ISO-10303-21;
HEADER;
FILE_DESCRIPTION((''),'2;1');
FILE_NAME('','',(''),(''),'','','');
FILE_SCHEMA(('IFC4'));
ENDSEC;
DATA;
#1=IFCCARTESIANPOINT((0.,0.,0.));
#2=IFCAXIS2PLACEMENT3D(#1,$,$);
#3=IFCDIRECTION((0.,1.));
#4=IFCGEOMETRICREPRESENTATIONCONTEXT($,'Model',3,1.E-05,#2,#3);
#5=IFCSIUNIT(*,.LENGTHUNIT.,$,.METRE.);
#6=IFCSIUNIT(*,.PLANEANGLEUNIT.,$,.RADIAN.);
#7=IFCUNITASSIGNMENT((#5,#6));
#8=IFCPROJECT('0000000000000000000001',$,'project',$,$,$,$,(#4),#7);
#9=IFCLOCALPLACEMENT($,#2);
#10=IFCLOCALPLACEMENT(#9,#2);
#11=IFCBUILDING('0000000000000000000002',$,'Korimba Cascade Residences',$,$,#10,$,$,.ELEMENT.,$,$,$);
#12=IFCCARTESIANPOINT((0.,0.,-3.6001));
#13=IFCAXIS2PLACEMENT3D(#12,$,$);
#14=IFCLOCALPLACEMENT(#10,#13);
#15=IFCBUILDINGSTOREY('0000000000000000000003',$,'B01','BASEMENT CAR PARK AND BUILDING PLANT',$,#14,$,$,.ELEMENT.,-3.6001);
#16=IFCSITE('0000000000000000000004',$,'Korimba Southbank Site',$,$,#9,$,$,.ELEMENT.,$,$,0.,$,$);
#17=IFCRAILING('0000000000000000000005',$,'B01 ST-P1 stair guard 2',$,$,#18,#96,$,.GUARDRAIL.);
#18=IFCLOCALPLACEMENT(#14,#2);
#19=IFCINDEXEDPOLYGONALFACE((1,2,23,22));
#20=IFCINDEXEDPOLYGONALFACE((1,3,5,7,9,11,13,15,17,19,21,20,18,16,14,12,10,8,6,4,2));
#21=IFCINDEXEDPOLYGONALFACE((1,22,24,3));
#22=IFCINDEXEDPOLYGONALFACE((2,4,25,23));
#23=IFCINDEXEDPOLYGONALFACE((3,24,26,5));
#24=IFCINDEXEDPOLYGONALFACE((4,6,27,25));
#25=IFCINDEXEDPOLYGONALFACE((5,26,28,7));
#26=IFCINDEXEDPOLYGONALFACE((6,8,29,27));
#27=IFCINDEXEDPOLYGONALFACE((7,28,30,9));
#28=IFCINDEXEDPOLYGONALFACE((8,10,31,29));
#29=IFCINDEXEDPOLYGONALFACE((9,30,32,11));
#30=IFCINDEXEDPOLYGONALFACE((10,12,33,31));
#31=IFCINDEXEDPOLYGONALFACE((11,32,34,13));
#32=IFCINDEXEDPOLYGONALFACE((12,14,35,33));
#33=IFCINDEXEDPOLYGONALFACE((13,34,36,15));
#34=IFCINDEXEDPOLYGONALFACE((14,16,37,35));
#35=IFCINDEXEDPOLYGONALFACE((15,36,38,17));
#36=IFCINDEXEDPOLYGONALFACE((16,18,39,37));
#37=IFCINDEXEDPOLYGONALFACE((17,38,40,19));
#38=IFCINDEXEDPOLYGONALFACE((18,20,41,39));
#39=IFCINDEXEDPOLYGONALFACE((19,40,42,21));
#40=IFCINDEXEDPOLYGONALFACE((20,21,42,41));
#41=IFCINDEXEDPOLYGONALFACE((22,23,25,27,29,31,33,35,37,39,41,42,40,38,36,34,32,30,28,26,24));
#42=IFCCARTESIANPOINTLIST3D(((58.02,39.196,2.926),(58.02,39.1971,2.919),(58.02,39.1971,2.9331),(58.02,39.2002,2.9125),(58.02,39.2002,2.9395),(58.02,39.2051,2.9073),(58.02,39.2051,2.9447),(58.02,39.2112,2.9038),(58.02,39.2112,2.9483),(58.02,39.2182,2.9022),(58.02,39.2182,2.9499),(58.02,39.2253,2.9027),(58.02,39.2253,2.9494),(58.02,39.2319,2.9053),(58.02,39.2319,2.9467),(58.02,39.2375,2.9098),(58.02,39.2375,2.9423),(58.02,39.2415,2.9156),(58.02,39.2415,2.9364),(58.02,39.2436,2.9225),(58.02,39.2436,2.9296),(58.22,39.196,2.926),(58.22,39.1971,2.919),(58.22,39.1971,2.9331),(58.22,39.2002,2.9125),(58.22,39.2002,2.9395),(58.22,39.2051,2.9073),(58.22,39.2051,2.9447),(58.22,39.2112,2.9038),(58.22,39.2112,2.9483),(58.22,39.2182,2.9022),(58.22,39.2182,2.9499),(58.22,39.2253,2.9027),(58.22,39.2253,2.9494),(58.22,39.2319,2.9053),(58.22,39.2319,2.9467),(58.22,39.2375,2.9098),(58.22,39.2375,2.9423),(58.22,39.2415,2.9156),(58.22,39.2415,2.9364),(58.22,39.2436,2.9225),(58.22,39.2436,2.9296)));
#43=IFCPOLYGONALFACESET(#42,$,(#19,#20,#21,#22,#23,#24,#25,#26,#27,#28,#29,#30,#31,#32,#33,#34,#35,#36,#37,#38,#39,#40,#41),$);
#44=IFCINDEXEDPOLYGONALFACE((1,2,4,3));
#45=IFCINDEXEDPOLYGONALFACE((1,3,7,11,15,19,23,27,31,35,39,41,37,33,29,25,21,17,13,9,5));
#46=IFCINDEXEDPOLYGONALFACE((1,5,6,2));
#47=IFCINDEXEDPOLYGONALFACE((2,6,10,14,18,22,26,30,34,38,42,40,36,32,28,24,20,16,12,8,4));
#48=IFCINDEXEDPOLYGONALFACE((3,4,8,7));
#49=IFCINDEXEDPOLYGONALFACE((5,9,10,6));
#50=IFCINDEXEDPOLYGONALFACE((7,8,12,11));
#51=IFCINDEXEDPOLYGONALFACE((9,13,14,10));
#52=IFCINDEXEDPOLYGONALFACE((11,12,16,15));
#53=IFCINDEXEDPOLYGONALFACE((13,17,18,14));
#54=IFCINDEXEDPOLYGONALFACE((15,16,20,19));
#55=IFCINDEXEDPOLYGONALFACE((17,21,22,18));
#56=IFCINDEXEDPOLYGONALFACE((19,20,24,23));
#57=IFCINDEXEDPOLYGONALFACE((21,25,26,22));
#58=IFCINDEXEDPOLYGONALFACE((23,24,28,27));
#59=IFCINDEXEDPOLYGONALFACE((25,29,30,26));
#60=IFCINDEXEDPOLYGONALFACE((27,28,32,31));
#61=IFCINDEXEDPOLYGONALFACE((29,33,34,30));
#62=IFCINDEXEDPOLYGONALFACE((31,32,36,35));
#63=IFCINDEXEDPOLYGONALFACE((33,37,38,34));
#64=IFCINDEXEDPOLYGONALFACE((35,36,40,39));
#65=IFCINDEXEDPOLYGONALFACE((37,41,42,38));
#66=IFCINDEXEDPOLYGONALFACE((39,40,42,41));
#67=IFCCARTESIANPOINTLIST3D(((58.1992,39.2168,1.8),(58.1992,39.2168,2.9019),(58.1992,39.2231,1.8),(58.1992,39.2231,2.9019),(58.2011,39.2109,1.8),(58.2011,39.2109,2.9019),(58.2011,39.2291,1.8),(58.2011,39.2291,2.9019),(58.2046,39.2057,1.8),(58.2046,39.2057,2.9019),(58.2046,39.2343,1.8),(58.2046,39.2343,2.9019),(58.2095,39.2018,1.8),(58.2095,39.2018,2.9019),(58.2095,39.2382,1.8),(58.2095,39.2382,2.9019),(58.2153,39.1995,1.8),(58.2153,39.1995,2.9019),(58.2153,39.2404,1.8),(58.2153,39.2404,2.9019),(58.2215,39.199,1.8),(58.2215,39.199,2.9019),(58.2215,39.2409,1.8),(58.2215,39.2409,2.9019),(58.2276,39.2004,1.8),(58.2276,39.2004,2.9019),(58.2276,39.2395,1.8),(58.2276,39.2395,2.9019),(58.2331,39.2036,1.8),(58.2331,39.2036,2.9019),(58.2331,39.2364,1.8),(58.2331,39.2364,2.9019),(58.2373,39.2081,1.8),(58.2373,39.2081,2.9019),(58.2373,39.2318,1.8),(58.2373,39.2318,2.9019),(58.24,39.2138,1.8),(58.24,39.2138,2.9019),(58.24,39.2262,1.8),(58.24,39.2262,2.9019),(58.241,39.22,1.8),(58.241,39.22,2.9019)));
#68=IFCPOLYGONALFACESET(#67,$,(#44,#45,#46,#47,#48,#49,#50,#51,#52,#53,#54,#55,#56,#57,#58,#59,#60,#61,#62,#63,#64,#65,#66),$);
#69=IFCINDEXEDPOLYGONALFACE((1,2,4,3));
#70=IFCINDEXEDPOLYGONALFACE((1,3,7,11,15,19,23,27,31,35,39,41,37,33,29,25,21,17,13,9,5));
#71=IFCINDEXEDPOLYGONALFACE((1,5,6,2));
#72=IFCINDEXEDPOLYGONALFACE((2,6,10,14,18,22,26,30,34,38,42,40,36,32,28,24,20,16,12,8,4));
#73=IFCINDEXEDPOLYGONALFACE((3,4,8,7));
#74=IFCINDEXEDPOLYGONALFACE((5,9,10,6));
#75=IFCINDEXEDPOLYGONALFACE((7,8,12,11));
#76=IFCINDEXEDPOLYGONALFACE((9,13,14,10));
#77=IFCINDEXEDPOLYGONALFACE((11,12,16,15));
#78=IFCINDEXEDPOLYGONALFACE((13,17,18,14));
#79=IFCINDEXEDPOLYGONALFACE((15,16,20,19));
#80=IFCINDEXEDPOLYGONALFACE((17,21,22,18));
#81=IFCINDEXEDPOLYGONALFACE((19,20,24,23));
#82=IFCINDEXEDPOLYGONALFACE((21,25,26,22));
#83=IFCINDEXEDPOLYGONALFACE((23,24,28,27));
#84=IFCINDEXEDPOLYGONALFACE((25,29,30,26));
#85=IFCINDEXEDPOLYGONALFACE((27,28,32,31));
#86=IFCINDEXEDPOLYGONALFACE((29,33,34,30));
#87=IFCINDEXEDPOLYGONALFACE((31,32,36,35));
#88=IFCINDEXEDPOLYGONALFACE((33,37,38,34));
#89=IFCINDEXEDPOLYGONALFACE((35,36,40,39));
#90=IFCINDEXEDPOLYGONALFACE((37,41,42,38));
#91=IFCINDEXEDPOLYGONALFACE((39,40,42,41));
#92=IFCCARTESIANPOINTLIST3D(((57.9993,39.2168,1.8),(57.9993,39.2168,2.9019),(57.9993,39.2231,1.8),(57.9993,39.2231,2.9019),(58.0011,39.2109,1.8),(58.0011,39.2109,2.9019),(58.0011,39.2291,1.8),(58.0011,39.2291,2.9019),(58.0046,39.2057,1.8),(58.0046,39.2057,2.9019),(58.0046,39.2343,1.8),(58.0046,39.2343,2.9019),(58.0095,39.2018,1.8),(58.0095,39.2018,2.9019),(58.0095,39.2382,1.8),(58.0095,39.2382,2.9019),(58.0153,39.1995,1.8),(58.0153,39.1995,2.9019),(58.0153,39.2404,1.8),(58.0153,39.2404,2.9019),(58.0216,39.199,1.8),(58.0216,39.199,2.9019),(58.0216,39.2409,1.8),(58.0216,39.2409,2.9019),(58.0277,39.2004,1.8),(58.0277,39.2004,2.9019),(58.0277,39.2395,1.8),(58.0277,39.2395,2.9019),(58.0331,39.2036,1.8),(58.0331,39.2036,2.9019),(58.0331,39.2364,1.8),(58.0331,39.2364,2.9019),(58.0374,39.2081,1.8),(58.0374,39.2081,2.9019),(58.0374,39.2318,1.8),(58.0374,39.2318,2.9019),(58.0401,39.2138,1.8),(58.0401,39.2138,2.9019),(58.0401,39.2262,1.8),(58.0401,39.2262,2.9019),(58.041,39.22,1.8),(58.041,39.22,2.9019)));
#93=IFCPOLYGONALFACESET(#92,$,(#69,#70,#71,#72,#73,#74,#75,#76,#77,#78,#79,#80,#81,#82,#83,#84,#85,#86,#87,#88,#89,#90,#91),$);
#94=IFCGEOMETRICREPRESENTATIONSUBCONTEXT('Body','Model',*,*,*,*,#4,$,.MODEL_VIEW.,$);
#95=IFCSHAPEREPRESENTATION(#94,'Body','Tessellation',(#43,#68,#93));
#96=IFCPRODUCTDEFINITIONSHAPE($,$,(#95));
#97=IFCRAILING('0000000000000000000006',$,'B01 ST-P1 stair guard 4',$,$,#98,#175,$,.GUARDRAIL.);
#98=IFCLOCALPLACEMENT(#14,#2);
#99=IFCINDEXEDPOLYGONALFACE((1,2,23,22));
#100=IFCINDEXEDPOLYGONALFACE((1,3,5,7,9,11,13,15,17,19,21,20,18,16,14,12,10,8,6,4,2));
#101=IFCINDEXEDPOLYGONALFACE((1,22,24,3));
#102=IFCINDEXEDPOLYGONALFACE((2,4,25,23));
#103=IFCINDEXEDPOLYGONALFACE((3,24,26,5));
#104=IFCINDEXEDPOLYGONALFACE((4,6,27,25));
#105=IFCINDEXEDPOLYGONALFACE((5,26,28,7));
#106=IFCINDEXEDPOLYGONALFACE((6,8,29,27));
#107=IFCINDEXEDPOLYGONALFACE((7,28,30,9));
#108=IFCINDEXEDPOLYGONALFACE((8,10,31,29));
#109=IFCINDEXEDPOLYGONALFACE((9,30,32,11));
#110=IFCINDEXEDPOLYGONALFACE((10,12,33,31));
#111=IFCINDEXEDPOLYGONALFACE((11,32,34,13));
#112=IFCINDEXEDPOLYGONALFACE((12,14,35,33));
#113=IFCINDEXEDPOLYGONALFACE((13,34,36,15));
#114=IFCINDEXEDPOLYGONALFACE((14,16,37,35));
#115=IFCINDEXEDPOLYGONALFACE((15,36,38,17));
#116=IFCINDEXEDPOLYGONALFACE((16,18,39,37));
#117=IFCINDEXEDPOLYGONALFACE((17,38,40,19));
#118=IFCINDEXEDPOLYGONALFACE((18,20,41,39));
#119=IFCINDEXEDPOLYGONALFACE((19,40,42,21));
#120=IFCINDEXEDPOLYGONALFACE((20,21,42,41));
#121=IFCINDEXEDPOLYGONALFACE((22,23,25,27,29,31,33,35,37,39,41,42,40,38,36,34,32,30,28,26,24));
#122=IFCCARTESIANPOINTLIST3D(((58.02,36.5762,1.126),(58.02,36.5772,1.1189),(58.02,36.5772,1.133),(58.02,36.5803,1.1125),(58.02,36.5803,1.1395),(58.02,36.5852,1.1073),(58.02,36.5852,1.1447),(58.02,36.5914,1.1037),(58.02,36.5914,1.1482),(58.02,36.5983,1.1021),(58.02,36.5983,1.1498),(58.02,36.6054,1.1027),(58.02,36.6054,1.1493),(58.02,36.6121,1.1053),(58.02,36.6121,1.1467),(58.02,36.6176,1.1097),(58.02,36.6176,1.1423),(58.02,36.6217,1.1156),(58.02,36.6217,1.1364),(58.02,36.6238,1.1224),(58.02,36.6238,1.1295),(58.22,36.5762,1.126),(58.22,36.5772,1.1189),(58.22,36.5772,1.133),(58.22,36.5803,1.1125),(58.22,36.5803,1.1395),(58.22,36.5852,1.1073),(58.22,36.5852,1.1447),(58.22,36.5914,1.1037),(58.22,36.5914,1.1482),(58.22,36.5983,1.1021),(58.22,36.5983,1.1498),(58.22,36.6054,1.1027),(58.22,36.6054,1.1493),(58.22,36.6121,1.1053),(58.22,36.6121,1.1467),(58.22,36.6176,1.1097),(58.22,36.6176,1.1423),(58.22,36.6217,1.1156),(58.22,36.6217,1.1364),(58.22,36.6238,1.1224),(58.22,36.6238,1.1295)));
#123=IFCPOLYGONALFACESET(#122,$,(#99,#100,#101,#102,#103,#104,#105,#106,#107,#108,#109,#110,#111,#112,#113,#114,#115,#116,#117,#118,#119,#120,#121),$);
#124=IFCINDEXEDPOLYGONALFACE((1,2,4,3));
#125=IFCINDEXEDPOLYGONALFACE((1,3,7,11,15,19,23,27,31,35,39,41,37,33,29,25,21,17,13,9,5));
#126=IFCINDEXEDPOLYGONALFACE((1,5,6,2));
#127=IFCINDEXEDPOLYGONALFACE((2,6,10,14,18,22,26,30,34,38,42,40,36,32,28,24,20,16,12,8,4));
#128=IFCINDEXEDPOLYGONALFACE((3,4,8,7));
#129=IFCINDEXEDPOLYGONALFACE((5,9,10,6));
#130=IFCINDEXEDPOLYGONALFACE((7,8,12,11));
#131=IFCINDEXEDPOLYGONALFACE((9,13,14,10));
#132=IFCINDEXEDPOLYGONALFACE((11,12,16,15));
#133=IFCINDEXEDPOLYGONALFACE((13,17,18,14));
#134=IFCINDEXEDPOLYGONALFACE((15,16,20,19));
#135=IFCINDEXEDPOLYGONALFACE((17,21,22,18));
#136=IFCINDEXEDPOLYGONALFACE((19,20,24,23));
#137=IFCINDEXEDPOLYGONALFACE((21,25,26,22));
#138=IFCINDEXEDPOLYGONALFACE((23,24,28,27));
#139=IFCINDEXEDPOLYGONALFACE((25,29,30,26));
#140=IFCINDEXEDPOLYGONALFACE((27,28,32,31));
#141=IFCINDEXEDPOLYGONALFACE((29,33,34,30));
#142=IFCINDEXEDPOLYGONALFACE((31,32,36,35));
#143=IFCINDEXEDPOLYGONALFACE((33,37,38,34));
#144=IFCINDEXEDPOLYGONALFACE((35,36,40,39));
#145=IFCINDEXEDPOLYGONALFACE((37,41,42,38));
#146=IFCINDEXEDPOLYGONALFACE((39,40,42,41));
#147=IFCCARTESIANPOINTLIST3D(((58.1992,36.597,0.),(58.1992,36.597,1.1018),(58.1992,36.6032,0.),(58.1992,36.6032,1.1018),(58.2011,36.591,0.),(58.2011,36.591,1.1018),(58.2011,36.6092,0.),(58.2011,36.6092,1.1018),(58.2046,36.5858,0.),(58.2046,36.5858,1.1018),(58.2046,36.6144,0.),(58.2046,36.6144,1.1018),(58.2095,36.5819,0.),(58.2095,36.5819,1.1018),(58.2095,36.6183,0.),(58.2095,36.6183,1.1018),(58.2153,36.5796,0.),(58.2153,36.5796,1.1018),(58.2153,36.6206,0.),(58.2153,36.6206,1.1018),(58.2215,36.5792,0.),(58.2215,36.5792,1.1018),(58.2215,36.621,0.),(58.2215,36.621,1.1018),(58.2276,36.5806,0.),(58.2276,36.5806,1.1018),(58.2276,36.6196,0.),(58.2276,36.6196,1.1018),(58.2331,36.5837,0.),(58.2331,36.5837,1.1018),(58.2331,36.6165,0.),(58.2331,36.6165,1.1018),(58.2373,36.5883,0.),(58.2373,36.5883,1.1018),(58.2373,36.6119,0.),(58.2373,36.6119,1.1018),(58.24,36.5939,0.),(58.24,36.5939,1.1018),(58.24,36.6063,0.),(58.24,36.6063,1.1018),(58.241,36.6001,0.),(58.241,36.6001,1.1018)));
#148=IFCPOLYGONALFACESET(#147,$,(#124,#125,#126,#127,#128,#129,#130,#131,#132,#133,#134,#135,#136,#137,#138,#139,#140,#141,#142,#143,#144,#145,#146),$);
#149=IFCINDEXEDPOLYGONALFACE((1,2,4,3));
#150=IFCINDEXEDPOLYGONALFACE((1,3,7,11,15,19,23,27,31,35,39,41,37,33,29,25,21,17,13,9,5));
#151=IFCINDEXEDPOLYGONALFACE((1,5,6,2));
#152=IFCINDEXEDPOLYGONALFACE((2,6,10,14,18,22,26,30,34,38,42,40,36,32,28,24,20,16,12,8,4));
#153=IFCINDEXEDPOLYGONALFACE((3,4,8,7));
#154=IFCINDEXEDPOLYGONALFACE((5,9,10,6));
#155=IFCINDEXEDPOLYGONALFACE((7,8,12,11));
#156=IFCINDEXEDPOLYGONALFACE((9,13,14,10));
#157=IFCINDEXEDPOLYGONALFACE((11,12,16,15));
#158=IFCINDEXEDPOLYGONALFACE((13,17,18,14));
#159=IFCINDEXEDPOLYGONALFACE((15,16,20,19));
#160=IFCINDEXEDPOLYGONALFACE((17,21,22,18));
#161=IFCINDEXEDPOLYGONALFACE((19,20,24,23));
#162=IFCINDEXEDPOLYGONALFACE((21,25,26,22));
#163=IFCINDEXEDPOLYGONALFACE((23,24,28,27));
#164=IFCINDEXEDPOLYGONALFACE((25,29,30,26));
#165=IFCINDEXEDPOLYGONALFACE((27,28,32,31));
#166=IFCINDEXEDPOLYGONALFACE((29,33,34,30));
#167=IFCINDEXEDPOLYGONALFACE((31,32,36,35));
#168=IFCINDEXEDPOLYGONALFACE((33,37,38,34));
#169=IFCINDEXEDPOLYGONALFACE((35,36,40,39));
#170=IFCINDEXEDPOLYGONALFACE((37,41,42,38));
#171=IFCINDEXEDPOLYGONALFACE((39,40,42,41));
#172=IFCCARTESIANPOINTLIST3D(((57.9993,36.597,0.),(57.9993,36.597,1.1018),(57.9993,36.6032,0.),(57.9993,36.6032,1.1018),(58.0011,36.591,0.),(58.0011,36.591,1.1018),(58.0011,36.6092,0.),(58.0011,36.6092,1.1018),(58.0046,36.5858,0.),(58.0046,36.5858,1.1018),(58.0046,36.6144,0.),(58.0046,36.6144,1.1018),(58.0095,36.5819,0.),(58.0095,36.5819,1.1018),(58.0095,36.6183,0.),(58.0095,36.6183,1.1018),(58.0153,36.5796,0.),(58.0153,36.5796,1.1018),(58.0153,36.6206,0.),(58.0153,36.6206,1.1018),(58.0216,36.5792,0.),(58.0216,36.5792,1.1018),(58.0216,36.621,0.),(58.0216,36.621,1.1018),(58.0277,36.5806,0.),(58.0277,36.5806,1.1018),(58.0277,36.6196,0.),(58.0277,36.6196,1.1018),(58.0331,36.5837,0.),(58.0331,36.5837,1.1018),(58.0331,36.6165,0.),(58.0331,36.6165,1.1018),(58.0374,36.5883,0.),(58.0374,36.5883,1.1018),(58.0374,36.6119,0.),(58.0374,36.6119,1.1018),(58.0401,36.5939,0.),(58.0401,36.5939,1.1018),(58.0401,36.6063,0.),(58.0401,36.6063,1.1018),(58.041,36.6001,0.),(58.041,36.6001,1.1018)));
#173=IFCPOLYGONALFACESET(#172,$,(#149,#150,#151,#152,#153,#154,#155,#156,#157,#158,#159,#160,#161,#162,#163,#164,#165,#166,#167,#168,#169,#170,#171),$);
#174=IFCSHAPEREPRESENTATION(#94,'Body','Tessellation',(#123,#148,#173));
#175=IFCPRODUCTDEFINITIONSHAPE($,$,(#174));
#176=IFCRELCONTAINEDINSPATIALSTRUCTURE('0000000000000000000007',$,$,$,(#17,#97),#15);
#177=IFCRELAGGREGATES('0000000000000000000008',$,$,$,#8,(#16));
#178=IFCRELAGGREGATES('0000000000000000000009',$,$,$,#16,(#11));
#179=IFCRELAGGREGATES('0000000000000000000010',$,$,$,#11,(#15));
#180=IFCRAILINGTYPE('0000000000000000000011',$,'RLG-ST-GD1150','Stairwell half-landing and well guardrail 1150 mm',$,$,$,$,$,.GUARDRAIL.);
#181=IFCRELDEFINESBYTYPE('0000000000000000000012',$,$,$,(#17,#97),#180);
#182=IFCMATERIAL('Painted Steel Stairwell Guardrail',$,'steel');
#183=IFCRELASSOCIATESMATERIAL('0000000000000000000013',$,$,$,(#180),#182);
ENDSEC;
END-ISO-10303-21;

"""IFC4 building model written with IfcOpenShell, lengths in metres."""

from ifc_helpers import new_model, si_unit, direction, frame, origin, origin_2d, place, context, subcontext, project, spatial, circle, extrude, material, type_object, element, save


model = new_model("IFC4")

# Units and contexts
model_context = context("Model", 3, precision=1e-05, world=origin(), true_north=direction((0.0, 1.0)))
body_context = subcontext(model_context, "Body", "Model", "MODEL_VIEW")
ifc_project = project(units=[si_unit("LENGTHUNIT", "METRE"), si_unit("PLANEANGLEUNIT", "RADIAN")], contexts=[model_context])

# Site, building, storey
site_placement = place(None, origin())
site = spatial("IfcSite", under=ifc_project, at=site_placement, Name="Korimba Southbank Site", CompositionType="ELEMENT", RefElevation=0.0)
building_placement = place(site_placement, origin())
building = spatial("IfcBuilding", under=site, at=building_placement, Name="Korimba Cascade Residences", CompositionType="ELEMENT")
storey_placement = place(building_placement, frame((0.0, 0.0, -3.6001)))
storey = spatial("IfcBuildingStorey", under=building, at=storey_placement, Name="B01", Description="BASEMENT CAR PARK AND BUILDING PLANT", CompositionType="ELEMENT", Elevation=-3.6001)

# Railings
ifc_material_1 = material(Name="Painted Steel Stairwell Guardrail", Category="steel")
railing_type_1 = type_object("IfcRailingType", Name="RLG-ST-GD1150", Description="Stairwell half-landing and well guardrail 1150 mm", PredefinedType="GUARDRAIL", material=ifc_material_1)
for number, where, name in (
    (1, (58.22, 39.22, 1.8), "B01 ST-P1 stair guard 2"),
    (2, (58.22, 36.6001, 0.0), "B01 ST-P1 stair guard 4"),
):
    element("IfcRailing", number, at=place(storey_placement, frame(where)), inside=storey, type_object=railing_type_1, Name=name, PredefinedType="GUARDRAIL", context=body_context, shape_type="SweptSolid", body=[
        extrude(circle(Radius=0.0239, at=origin_2d()), frame((0.0, 0.0, 1.126), z_axis=(-1.0, 0.0, 0.0), x_axis=(0.0, -1.0, 0.0)), (0.0, 0.0, 1.0), 0.2),
        extrude(circle(Radius=0.021, at=origin_2d()), origin(), (0.0, 0.0, 1.0), 1.1018),
        extrude(circle(Radius=0.021, at=origin_2d()), frame((-0.2, 0.0, 0.0)), (0.0, 0.0, 1.0), 1.1018),
    ])

save(model, "model.ifc")
